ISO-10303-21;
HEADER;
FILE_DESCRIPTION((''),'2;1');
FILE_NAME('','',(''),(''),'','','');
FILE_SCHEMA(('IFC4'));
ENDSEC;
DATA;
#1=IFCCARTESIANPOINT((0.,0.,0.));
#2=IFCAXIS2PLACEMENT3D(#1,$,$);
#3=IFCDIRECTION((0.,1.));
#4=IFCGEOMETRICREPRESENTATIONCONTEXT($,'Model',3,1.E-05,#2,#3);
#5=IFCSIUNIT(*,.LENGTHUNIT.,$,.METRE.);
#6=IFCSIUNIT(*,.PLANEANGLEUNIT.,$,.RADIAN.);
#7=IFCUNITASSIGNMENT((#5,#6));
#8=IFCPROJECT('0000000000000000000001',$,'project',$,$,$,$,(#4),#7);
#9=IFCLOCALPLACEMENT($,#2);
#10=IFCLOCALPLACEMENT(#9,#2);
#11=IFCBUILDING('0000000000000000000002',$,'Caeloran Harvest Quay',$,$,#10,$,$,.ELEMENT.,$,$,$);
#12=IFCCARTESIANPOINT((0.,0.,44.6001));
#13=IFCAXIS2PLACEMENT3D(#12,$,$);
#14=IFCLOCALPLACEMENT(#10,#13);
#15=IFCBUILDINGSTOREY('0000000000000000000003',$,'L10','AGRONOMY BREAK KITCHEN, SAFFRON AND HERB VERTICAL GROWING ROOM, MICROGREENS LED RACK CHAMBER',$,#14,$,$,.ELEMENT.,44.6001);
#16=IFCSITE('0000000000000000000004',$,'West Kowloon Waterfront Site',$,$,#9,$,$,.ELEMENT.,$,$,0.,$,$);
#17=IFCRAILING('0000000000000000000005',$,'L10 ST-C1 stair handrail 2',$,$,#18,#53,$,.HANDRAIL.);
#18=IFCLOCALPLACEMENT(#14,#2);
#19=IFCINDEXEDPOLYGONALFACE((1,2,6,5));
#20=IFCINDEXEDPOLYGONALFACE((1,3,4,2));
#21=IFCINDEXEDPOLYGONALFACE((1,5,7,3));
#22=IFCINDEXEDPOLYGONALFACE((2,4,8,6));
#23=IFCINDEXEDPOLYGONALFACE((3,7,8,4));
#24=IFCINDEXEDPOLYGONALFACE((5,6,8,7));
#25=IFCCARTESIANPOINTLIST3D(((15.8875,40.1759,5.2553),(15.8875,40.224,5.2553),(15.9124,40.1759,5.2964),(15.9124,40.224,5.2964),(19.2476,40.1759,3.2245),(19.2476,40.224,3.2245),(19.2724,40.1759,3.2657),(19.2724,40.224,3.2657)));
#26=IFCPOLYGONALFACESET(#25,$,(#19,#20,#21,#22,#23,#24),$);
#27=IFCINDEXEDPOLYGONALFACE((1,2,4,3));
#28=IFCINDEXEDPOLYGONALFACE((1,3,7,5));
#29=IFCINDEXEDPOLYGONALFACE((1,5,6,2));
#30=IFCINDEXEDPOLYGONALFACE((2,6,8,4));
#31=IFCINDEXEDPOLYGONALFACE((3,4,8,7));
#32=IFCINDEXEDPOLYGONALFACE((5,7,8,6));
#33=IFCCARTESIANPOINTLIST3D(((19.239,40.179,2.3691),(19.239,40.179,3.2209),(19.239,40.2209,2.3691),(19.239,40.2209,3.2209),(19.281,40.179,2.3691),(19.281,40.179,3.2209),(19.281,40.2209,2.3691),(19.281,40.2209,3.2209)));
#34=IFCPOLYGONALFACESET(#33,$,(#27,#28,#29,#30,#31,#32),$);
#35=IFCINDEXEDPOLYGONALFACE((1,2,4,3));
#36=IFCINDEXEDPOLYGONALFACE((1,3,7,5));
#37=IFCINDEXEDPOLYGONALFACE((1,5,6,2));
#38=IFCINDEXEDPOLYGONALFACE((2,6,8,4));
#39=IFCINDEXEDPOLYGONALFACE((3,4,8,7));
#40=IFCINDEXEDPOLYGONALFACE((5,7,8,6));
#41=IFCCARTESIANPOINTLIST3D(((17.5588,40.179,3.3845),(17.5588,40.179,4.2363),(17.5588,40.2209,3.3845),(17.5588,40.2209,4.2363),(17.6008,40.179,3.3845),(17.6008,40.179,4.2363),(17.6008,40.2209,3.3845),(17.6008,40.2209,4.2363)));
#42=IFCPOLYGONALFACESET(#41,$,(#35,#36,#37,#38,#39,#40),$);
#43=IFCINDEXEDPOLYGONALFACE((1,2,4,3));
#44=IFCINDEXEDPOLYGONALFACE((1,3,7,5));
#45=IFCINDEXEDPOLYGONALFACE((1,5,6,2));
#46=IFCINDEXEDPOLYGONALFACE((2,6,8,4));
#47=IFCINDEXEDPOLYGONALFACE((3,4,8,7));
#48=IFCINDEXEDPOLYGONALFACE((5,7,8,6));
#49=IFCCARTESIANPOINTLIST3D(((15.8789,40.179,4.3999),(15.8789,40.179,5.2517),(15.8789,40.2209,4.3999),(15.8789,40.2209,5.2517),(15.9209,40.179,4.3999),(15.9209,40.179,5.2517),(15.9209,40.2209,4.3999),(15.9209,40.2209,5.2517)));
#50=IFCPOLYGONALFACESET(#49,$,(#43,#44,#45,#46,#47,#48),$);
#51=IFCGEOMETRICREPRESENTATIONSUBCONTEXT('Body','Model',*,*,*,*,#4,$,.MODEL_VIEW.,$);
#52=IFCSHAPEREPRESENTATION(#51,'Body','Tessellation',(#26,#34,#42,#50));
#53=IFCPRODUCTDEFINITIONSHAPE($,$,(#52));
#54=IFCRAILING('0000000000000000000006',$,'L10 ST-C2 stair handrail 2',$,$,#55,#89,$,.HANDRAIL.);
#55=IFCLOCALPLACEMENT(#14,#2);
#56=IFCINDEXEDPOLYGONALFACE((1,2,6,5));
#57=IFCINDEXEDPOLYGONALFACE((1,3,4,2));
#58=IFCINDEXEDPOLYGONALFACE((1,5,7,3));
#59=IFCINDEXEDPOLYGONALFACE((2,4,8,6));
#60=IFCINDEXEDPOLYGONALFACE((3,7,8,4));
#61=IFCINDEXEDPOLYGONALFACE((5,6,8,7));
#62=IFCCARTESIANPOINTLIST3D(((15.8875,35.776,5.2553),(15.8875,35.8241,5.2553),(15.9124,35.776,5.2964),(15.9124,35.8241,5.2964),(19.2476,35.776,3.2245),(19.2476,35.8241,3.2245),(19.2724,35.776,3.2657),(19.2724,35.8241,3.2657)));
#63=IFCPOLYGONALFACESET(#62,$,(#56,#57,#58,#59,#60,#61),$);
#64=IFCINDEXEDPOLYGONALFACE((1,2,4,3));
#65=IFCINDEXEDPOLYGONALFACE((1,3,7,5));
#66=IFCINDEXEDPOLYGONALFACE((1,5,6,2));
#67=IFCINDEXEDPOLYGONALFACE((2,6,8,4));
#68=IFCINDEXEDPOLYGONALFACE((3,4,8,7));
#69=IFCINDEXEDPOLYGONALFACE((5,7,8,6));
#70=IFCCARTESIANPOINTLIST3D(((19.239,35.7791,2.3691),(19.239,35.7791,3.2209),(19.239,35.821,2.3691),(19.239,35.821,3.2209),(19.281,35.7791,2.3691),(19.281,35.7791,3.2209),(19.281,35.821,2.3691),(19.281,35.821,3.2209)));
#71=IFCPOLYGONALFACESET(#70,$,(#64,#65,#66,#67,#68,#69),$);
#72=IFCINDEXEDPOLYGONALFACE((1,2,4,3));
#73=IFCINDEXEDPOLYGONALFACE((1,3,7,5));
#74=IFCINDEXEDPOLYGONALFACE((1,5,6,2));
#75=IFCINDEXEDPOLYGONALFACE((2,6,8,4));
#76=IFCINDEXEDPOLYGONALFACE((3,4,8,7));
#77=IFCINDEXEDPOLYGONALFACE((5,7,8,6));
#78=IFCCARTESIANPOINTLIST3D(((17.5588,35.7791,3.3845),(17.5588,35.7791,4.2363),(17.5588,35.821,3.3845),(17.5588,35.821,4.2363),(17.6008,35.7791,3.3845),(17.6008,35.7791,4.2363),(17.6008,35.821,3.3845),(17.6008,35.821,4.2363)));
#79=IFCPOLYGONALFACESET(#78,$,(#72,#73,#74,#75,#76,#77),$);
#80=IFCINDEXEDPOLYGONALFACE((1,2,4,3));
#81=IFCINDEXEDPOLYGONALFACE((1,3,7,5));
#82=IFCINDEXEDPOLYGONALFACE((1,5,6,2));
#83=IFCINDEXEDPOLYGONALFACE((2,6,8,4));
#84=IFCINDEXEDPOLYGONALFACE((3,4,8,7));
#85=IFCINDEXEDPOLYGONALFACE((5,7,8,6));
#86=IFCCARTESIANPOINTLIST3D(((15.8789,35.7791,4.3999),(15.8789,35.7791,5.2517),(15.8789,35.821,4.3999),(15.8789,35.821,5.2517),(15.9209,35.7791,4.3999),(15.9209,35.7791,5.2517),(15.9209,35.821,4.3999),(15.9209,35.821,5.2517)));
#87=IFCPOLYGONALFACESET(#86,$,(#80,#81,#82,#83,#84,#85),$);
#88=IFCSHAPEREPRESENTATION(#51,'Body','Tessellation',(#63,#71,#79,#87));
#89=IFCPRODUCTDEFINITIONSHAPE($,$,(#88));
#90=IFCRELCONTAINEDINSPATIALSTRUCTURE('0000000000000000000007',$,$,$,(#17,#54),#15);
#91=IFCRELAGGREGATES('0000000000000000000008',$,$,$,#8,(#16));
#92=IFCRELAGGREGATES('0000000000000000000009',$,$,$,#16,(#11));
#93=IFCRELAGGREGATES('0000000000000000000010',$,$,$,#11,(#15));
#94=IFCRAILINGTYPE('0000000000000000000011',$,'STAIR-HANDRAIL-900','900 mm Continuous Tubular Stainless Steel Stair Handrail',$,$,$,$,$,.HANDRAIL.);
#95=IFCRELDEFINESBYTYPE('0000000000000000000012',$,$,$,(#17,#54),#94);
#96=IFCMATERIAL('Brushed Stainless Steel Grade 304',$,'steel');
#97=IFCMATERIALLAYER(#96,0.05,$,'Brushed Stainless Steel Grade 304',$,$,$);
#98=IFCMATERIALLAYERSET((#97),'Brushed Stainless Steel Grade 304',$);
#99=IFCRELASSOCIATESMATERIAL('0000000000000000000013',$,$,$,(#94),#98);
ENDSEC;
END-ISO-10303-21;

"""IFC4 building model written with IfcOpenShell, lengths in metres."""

from ifc_helpers import new_model, si_unit, direction, frame, origin, origin_2d, place, context, subcontext, project, spatial, rectangle, extrude, material, layer, layer_set, type_object, element, save


model = new_model("IFC4")

# Units and contexts
model_context = context("Model", 3, precision=1e-05, world=origin(), true_north=direction((0.0, 1.0)))
body_context = subcontext(model_context, "Body", "Model", "MODEL_VIEW")
ifc_project = project(units=[si_unit("LENGTHUNIT", "METRE"), si_unit("PLANEANGLEUNIT", "RADIAN")], contexts=[model_context])

# Site, building, storey
site_placement = place(None, origin())
site = spatial("IfcSite", under=ifc_project, at=site_placement, Name="West Kowloon Waterfront Site", CompositionType="ELEMENT", RefElevation=0.0)
building_placement = place(site_placement, origin())
building = spatial("IfcBuilding", under=site, at=building_placement, Name="Caeloran Harvest Quay", CompositionType="ELEMENT")
storey_placement = place(building_placement, frame((0.0, 0.0, 44.6001)))
storey = spatial("IfcBuildingStorey", under=building, at=storey_placement, Name="L10", Description="AGRONOMY BREAK KITCHEN, SAFFRON AND HERB VERTICAL GROWING ROOM, MICROGREENS LED RACK CHAMBER", CompositionType="ELEMENT", Elevation=44.6001)

# Railings
ifc_material_1 = material(Name="Brushed Stainless Steel Grade 304", Category="steel")
ifc_layer_1 = layer(ifc_material_1, 0.05, Name="Brushed Stainless Steel Grade 304")
ifc_layer_set_1 = layer_set([ifc_layer_1], Name="Brushed Stainless Steel Grade 304")
railing_type_1 = type_object("IfcRailingType", Name="STAIR-HANDRAIL-900", Description="900 mm Continuous Tubular Stainless Steel Stair Handrail", PredefinedType="HANDRAIL", material=ifc_layer_set_1)
for number, where, name in (
    (1, (19.26, 40.2, 2.3691), "L10 ST-C1 stair handrail 2"),
    (2, (19.26, 35.8, 2.3691), "L10 ST-C2 stair handrail 2"),
):
    element("IfcRailing", number, at=place(storey_placement, frame(where)), inside=storey, type_object=railing_type_1, Name=name, PredefinedType="HANDRAIL", context=body_context, shape_type="SweptSolid", body=[
        extrude(rectangle(XDim=0.0481, YDim=0.0481, at=origin_2d()), frame((0.0, 0.0, 0.876), z_axis=(-0.855837, 0.0, 0.517246), x_axis=(0.0, -1.0, 0.0)), (0.0, 0.0, 1.0), 3.926),
        extrude(rectangle(XDim=0.042, YDim=0.042, at=origin_2d()), origin(), (0.0, 0.0, 1.0), 0.8518),
        extrude(rectangle(XDim=0.042, YDim=0.042, at=origin_2d()), frame((-1.6802, 0.0, 1.0154)), (0.0, 0.0, 1.0), 0.8518),
        extrude(rectangle(XDim=0.042, YDim=0.042, at=origin_2d()), frame((-3.3601, 0.0, 2.0308)), (0.0, 0.0, 1.0), 0.8518),
    ])

save(model, "model.ifc")
